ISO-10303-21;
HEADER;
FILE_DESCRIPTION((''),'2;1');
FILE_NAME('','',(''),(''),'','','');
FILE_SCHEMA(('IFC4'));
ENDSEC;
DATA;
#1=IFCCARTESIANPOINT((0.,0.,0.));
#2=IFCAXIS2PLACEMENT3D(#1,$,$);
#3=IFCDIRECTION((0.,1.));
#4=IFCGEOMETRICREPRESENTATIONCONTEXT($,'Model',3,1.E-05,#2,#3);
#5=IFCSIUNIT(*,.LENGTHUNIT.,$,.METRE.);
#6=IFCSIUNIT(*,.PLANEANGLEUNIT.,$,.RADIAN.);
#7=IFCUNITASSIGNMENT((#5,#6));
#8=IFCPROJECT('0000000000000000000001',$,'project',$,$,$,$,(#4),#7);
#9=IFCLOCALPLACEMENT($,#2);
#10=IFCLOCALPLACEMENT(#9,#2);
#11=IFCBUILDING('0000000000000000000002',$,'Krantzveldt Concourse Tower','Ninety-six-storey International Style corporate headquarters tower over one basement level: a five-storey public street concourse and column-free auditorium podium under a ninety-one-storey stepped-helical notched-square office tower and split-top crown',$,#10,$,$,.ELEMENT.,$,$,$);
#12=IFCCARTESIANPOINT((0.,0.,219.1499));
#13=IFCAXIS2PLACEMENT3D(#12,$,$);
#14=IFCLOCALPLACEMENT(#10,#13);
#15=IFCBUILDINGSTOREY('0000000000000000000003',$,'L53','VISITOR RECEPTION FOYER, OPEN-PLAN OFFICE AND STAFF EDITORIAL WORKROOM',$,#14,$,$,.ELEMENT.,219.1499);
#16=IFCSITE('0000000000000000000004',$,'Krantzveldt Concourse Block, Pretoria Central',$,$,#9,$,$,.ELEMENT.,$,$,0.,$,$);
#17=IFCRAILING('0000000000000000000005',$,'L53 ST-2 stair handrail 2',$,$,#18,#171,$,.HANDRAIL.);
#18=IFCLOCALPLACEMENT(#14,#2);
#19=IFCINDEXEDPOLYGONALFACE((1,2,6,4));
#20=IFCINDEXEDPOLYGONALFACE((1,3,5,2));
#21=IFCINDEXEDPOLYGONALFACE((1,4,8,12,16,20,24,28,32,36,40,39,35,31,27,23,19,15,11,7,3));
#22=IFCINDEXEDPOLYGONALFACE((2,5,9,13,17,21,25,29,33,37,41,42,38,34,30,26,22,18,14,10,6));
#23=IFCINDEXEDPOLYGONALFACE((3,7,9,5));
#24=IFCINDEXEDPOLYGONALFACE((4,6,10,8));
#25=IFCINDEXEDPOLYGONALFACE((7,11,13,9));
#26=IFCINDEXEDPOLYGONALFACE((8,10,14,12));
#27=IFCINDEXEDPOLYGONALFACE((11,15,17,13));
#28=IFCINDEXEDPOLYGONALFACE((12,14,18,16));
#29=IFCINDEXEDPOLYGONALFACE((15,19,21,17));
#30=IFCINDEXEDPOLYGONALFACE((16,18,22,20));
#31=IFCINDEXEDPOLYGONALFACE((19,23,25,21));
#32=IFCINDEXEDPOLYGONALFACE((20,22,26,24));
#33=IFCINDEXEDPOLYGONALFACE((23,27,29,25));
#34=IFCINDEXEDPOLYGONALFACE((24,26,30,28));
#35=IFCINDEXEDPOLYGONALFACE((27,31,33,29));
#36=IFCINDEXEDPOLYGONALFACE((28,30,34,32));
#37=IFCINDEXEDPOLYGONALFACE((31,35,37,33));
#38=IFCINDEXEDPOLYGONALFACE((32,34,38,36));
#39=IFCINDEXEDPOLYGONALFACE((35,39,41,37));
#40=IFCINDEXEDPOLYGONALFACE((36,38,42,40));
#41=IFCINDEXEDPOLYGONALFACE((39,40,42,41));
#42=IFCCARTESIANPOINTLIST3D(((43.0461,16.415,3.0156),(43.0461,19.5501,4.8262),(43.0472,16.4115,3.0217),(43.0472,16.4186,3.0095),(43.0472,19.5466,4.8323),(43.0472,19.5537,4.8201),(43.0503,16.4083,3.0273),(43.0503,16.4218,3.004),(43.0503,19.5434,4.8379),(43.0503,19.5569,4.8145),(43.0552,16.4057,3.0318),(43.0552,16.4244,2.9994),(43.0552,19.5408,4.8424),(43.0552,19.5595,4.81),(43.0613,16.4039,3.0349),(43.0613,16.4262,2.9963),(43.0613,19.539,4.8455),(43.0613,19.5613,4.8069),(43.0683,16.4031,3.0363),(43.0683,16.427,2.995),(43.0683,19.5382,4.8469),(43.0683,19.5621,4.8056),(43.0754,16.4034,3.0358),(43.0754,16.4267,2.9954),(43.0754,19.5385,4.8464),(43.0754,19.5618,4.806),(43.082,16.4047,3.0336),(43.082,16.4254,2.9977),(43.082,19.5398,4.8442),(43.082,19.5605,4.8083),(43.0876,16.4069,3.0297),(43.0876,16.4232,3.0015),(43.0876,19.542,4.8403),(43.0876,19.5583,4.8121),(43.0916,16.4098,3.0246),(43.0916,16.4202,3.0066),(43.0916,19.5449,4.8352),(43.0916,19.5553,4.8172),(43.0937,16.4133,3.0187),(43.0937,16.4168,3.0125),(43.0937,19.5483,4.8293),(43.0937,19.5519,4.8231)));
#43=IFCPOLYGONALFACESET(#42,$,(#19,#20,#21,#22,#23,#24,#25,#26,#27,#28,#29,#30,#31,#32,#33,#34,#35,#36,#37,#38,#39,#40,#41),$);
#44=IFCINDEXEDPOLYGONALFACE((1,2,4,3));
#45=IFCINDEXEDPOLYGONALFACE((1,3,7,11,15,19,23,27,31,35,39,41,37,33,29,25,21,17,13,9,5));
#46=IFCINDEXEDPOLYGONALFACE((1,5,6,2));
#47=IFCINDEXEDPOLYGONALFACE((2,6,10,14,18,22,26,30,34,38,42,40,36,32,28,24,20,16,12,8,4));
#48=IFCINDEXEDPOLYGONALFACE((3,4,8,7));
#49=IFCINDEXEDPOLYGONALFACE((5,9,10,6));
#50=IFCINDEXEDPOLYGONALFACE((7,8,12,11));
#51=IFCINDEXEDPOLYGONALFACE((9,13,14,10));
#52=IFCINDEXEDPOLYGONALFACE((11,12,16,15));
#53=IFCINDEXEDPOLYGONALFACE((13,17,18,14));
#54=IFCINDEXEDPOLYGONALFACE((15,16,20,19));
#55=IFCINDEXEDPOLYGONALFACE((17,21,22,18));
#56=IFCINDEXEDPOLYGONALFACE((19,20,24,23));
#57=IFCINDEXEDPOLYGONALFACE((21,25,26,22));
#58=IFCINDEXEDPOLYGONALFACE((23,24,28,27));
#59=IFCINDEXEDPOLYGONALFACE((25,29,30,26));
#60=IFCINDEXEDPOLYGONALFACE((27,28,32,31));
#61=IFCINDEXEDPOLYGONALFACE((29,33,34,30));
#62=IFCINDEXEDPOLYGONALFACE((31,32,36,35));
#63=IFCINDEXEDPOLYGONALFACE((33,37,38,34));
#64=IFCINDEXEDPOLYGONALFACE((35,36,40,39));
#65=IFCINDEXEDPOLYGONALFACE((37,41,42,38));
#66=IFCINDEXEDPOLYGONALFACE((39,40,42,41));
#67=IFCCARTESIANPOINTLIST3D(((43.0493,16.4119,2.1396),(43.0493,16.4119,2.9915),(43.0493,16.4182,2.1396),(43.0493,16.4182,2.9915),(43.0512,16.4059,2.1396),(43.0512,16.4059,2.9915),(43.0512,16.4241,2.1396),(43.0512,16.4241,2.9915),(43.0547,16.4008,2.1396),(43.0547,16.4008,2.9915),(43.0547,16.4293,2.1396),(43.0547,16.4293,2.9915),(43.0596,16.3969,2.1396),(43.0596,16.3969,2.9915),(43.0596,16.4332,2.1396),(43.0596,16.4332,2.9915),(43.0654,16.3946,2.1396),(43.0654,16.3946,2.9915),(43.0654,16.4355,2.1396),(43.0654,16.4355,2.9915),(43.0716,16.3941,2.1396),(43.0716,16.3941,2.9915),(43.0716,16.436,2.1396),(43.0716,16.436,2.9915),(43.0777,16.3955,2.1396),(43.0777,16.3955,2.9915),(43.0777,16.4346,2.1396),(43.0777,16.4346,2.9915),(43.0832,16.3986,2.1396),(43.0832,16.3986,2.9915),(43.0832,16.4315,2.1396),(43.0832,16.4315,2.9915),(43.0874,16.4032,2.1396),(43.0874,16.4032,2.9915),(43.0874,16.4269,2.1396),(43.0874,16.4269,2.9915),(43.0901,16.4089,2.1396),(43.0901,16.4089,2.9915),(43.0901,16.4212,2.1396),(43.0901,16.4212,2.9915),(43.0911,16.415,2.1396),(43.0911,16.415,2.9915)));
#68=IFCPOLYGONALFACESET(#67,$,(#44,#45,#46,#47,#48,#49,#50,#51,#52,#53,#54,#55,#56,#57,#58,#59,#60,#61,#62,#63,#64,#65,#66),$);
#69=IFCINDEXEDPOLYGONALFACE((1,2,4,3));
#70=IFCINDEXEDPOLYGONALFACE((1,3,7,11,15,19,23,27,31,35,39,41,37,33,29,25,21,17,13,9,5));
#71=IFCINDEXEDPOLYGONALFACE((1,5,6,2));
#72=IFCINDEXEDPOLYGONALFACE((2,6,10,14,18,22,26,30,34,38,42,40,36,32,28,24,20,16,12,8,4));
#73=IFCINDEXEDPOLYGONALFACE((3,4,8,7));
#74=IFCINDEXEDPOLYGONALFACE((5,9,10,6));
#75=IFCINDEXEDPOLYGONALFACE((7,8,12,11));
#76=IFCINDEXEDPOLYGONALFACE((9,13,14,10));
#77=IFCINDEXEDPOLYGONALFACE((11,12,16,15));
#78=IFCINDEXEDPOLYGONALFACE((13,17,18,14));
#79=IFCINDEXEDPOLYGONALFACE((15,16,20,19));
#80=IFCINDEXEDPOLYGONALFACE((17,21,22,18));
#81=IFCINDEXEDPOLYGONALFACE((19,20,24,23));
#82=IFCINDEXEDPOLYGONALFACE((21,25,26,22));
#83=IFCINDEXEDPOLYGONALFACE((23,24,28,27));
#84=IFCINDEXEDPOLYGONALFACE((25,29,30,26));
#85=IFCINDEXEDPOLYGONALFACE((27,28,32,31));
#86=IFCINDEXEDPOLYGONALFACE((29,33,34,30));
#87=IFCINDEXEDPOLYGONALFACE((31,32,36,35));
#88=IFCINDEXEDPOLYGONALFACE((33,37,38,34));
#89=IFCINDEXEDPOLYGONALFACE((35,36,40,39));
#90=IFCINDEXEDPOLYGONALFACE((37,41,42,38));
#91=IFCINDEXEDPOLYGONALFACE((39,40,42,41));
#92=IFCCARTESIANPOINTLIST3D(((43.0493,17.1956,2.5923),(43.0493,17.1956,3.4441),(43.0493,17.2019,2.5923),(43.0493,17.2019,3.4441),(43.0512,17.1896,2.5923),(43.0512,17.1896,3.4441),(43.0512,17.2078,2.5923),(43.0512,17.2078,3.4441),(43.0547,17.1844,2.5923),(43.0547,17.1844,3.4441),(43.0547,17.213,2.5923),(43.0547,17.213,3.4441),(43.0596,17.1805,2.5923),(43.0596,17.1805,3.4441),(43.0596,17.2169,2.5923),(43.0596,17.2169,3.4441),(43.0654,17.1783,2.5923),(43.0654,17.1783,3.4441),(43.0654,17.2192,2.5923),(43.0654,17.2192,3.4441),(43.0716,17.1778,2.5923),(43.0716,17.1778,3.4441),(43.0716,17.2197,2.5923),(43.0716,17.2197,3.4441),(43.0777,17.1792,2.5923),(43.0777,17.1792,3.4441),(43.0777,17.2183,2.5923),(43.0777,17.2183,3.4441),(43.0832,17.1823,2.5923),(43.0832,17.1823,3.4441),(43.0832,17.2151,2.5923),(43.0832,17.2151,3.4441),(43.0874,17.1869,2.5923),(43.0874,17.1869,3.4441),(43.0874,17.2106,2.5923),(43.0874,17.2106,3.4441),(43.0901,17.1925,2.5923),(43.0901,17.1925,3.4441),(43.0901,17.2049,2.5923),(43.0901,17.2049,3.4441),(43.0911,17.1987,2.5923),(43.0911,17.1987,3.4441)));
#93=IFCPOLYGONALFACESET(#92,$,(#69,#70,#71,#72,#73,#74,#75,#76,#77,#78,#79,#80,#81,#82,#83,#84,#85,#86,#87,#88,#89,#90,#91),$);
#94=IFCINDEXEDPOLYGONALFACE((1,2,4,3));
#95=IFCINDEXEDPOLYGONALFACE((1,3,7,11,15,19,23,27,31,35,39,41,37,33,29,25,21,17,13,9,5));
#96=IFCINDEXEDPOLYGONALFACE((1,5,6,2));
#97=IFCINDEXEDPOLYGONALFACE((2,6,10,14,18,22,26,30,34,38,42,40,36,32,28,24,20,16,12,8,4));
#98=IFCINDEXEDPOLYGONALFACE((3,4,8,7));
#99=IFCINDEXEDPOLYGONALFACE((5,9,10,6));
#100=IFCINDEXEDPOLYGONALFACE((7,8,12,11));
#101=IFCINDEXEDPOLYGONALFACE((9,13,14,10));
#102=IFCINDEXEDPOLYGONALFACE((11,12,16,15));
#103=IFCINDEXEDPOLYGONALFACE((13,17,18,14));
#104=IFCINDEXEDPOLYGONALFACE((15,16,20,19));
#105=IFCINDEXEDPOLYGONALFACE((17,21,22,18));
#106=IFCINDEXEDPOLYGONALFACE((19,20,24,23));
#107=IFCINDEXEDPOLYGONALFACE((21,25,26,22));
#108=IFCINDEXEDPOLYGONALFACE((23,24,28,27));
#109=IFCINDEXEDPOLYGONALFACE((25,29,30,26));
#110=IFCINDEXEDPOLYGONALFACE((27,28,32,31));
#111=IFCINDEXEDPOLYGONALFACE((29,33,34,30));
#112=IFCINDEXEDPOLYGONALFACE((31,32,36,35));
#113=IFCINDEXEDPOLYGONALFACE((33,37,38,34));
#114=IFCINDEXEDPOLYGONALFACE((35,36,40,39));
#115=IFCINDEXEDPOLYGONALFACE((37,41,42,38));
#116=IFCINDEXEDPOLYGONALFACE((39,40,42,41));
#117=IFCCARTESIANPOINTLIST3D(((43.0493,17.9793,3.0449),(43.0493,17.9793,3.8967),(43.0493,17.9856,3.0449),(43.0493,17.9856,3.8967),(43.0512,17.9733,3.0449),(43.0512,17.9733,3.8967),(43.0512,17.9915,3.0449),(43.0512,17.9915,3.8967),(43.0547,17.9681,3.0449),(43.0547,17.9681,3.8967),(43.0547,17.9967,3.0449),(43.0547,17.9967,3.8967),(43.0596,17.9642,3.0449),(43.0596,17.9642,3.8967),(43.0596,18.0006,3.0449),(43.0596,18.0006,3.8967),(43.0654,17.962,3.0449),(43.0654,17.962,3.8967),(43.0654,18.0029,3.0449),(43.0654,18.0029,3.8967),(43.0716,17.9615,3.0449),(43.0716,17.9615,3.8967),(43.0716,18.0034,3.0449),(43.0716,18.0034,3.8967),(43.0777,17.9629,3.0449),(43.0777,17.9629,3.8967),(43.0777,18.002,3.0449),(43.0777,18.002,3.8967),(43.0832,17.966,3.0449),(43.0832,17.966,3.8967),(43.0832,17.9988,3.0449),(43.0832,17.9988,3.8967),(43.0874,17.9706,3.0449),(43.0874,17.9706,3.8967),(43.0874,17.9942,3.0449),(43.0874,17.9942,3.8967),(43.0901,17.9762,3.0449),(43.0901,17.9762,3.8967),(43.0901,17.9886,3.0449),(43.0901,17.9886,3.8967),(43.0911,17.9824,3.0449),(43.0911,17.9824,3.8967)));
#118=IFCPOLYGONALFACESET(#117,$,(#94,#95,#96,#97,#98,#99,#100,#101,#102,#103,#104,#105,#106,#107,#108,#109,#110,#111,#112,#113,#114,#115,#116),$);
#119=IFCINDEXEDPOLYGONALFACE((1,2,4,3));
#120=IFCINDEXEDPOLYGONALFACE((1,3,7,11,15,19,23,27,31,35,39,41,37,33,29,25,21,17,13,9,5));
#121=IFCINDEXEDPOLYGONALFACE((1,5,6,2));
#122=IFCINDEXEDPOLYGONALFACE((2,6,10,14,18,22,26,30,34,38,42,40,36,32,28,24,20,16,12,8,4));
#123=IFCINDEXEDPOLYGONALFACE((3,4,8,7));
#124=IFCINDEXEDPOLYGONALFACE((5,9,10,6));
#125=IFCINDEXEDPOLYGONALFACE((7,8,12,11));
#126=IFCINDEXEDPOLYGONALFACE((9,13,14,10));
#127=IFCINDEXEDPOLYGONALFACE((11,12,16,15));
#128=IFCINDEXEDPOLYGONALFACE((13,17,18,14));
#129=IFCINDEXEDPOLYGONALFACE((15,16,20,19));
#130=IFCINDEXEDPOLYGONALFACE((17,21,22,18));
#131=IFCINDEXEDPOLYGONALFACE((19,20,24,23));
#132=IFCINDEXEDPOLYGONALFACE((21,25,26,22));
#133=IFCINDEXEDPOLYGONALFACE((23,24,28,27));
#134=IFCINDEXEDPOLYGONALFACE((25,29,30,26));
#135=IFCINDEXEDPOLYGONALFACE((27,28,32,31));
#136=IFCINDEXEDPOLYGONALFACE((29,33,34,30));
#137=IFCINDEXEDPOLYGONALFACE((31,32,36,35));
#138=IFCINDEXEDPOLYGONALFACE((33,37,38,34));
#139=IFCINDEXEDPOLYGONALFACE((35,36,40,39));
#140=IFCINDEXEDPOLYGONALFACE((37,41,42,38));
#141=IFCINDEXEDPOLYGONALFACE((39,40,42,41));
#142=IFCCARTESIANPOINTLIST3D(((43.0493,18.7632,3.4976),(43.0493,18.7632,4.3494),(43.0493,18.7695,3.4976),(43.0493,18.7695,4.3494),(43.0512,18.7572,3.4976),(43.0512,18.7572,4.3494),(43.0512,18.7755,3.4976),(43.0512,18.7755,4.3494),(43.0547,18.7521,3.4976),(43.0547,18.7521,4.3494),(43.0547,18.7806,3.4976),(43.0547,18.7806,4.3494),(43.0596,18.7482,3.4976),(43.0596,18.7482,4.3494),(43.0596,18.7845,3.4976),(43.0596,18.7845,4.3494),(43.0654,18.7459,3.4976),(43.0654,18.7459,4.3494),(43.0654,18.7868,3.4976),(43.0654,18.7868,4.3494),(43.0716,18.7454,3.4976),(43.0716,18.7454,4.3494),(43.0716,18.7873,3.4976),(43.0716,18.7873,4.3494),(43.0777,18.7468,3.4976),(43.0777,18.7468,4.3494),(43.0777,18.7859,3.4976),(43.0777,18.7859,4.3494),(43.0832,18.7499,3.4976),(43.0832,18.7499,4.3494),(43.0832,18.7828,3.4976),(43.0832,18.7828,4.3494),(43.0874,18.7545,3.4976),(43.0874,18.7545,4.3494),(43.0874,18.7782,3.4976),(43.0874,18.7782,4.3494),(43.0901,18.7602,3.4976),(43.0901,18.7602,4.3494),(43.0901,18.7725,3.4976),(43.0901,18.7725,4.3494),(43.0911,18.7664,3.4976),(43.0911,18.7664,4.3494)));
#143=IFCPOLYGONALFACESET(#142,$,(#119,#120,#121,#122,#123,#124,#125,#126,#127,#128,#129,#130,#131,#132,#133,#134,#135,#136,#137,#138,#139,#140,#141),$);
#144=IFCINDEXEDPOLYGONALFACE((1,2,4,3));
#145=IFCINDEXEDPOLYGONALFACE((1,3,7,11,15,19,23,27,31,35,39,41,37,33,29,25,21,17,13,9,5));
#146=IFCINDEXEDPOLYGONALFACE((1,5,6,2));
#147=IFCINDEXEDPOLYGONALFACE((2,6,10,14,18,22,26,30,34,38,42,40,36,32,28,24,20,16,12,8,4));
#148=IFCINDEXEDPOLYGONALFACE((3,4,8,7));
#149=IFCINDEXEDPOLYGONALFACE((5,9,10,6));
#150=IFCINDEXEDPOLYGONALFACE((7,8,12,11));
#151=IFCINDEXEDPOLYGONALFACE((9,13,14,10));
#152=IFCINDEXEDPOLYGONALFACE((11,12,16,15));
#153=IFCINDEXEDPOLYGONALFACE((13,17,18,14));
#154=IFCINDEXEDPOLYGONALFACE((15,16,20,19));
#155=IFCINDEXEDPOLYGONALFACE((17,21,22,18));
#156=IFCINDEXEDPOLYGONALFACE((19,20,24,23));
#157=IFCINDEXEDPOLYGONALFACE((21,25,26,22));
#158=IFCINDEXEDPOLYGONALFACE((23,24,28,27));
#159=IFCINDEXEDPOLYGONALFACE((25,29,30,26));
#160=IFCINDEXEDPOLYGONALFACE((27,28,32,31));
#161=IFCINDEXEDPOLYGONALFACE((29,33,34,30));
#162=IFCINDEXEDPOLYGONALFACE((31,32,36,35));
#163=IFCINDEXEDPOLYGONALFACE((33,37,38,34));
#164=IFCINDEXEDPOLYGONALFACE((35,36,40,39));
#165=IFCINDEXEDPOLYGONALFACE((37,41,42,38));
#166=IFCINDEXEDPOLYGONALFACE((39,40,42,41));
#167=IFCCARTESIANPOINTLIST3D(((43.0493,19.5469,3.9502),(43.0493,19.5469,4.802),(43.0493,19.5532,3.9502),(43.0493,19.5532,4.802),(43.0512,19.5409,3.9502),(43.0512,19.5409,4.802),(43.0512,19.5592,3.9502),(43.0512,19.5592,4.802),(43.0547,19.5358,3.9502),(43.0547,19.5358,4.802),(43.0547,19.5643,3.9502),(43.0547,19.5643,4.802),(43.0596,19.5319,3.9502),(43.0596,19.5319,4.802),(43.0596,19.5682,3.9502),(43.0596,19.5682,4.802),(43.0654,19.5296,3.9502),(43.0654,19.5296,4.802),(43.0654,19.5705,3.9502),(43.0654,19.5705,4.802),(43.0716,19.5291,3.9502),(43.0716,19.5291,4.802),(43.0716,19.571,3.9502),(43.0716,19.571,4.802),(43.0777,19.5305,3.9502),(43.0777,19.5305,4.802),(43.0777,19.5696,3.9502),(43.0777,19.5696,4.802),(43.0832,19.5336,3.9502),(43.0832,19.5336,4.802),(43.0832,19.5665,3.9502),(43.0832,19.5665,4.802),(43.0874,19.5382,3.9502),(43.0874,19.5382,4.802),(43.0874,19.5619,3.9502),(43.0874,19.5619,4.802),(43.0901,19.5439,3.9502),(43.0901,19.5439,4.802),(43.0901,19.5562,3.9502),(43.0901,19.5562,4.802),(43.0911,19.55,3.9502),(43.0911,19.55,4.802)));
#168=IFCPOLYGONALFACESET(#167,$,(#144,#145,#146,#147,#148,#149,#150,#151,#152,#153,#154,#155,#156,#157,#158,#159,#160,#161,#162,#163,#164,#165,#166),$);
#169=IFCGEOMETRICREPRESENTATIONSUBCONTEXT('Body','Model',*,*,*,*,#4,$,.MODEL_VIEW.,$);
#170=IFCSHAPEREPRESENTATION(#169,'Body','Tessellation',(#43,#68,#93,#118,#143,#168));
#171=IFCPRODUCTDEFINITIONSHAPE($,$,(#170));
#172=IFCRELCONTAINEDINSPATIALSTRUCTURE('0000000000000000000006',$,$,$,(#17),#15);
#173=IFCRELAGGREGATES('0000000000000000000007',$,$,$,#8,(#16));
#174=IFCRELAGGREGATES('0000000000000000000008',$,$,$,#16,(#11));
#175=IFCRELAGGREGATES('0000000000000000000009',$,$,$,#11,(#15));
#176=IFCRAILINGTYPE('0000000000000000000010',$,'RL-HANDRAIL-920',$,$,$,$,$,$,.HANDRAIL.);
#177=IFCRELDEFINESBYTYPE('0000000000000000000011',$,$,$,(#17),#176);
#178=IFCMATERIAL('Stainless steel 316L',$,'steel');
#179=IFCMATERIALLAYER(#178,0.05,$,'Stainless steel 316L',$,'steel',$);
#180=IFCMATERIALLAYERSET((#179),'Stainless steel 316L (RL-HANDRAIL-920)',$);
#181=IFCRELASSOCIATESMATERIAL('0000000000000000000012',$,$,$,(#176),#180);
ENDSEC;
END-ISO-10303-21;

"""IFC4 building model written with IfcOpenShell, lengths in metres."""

from ifc_helpers import new_model, si_unit, direction, frame, origin, origin_2d, place, context, subcontext, project, spatial, circle, extrude, material, layer, layer_set, type_object, element, save


model = new_model("IFC4")

# Units and contexts
model_context = context("Model", 3, precision=1e-05, world=origin(), true_north=direction((0.0, 1.0)))
body_context = subcontext(model_context, "Body", "Model", "MODEL_VIEW")
ifc_project = project(units=[si_unit("LENGTHUNIT", "METRE"), si_unit("PLANEANGLEUNIT", "RADIAN")], contexts=[model_context])

# Site, building, storey
site_placement = place(None, origin())
site = spatial("IfcSite", under=ifc_project, at=site_placement, Name="Krantzveldt Concourse Block, Pretoria Central", CompositionType="ELEMENT", RefElevation=0.0)
building_placement = place(site_placement, origin())
building = spatial("IfcBuilding", under=site, at=building_placement, Name="Krantzveldt Concourse Tower", Description="Ninety-six-storey International Style corporate headquarters tower over one basement level: a five-storey public street concourse and column-free auditorium podium under a ninety-one-storey stepped-helical notched-square office tower and split-top crown", CompositionType="ELEMENT")
storey_placement = place(building_placement, frame((0.0, 0.0, 219.1499)))
storey = spatial("IfcBuildingStorey", under=building, at=storey_placement, Name="L53", Description="VISITOR RECEPTION FOYER, OPEN-PLAN OFFICE AND STAFF EDITORIAL WORKROOM", CompositionType="ELEMENT", Elevation=219.1499)

# Shared definitions
ifc_material_1 = material(Name="Stainless steel 316L", Category="steel")

# Railing
ifc_layer_1 = layer(ifc_material_1, 0.05, Name="Stainless steel 316L", Category="steel")
ifc_layer_set_1 = layer_set([ifc_layer_1], Name="Stainless steel 316L (RL-HANDRAIL-920)")
railing_type_1 = type_object("IfcRailingType", Name="RL-HANDRAIL-920", PredefinedType="HANDRAIL", material=ifc_layer_set_1)
railing_1_placement = place(storey_placement, frame((43.0701, 16.415, 2.1396)))
element("IfcRailing", 1, at=railing_1_placement, inside=storey, type_object=railing_type_1, Name="L53 ST-2 stair handrail 2", PredefinedType="HANDRAIL", context=body_context, shape_type="SweptSolid", body=[
    extrude(circle(Radius=0.0239, at=origin_2d()), frame((0.0, 0.0, 0.876), z_axis=(0.0, 0.86596, 0.500114), x_axis=(-1.0, 0.0, 0.0)), (0.0, 0.0, 1.0), 3.6204),
    extrude(circle(Radius=0.021, at=origin_2d()), origin(), (0.0, 0.0, 1.0), 0.8518),
    extrude(circle(Radius=0.021, at=origin_2d()), frame((0.0, 0.7837, 0.4526)), (0.0, 0.0, 1.0), 0.8518),
    extrude(circle(Radius=0.021, at=origin_2d()), frame((0.0, 1.5674, 0.9053)), (0.0, 0.0, 1.0), 0.8518),
    extrude(circle(Radius=0.021, at=origin_2d()), frame((0.0, 2.3513, 1.3579)), (0.0, 0.0, 1.0), 0.8518),
    extrude(circle(Radius=0.021, at=origin_2d()), frame((0.0, 3.135, 1.8105)), (0.0, 0.0, 1.0), 0.8518),
])

save(model, "model.ifc")
